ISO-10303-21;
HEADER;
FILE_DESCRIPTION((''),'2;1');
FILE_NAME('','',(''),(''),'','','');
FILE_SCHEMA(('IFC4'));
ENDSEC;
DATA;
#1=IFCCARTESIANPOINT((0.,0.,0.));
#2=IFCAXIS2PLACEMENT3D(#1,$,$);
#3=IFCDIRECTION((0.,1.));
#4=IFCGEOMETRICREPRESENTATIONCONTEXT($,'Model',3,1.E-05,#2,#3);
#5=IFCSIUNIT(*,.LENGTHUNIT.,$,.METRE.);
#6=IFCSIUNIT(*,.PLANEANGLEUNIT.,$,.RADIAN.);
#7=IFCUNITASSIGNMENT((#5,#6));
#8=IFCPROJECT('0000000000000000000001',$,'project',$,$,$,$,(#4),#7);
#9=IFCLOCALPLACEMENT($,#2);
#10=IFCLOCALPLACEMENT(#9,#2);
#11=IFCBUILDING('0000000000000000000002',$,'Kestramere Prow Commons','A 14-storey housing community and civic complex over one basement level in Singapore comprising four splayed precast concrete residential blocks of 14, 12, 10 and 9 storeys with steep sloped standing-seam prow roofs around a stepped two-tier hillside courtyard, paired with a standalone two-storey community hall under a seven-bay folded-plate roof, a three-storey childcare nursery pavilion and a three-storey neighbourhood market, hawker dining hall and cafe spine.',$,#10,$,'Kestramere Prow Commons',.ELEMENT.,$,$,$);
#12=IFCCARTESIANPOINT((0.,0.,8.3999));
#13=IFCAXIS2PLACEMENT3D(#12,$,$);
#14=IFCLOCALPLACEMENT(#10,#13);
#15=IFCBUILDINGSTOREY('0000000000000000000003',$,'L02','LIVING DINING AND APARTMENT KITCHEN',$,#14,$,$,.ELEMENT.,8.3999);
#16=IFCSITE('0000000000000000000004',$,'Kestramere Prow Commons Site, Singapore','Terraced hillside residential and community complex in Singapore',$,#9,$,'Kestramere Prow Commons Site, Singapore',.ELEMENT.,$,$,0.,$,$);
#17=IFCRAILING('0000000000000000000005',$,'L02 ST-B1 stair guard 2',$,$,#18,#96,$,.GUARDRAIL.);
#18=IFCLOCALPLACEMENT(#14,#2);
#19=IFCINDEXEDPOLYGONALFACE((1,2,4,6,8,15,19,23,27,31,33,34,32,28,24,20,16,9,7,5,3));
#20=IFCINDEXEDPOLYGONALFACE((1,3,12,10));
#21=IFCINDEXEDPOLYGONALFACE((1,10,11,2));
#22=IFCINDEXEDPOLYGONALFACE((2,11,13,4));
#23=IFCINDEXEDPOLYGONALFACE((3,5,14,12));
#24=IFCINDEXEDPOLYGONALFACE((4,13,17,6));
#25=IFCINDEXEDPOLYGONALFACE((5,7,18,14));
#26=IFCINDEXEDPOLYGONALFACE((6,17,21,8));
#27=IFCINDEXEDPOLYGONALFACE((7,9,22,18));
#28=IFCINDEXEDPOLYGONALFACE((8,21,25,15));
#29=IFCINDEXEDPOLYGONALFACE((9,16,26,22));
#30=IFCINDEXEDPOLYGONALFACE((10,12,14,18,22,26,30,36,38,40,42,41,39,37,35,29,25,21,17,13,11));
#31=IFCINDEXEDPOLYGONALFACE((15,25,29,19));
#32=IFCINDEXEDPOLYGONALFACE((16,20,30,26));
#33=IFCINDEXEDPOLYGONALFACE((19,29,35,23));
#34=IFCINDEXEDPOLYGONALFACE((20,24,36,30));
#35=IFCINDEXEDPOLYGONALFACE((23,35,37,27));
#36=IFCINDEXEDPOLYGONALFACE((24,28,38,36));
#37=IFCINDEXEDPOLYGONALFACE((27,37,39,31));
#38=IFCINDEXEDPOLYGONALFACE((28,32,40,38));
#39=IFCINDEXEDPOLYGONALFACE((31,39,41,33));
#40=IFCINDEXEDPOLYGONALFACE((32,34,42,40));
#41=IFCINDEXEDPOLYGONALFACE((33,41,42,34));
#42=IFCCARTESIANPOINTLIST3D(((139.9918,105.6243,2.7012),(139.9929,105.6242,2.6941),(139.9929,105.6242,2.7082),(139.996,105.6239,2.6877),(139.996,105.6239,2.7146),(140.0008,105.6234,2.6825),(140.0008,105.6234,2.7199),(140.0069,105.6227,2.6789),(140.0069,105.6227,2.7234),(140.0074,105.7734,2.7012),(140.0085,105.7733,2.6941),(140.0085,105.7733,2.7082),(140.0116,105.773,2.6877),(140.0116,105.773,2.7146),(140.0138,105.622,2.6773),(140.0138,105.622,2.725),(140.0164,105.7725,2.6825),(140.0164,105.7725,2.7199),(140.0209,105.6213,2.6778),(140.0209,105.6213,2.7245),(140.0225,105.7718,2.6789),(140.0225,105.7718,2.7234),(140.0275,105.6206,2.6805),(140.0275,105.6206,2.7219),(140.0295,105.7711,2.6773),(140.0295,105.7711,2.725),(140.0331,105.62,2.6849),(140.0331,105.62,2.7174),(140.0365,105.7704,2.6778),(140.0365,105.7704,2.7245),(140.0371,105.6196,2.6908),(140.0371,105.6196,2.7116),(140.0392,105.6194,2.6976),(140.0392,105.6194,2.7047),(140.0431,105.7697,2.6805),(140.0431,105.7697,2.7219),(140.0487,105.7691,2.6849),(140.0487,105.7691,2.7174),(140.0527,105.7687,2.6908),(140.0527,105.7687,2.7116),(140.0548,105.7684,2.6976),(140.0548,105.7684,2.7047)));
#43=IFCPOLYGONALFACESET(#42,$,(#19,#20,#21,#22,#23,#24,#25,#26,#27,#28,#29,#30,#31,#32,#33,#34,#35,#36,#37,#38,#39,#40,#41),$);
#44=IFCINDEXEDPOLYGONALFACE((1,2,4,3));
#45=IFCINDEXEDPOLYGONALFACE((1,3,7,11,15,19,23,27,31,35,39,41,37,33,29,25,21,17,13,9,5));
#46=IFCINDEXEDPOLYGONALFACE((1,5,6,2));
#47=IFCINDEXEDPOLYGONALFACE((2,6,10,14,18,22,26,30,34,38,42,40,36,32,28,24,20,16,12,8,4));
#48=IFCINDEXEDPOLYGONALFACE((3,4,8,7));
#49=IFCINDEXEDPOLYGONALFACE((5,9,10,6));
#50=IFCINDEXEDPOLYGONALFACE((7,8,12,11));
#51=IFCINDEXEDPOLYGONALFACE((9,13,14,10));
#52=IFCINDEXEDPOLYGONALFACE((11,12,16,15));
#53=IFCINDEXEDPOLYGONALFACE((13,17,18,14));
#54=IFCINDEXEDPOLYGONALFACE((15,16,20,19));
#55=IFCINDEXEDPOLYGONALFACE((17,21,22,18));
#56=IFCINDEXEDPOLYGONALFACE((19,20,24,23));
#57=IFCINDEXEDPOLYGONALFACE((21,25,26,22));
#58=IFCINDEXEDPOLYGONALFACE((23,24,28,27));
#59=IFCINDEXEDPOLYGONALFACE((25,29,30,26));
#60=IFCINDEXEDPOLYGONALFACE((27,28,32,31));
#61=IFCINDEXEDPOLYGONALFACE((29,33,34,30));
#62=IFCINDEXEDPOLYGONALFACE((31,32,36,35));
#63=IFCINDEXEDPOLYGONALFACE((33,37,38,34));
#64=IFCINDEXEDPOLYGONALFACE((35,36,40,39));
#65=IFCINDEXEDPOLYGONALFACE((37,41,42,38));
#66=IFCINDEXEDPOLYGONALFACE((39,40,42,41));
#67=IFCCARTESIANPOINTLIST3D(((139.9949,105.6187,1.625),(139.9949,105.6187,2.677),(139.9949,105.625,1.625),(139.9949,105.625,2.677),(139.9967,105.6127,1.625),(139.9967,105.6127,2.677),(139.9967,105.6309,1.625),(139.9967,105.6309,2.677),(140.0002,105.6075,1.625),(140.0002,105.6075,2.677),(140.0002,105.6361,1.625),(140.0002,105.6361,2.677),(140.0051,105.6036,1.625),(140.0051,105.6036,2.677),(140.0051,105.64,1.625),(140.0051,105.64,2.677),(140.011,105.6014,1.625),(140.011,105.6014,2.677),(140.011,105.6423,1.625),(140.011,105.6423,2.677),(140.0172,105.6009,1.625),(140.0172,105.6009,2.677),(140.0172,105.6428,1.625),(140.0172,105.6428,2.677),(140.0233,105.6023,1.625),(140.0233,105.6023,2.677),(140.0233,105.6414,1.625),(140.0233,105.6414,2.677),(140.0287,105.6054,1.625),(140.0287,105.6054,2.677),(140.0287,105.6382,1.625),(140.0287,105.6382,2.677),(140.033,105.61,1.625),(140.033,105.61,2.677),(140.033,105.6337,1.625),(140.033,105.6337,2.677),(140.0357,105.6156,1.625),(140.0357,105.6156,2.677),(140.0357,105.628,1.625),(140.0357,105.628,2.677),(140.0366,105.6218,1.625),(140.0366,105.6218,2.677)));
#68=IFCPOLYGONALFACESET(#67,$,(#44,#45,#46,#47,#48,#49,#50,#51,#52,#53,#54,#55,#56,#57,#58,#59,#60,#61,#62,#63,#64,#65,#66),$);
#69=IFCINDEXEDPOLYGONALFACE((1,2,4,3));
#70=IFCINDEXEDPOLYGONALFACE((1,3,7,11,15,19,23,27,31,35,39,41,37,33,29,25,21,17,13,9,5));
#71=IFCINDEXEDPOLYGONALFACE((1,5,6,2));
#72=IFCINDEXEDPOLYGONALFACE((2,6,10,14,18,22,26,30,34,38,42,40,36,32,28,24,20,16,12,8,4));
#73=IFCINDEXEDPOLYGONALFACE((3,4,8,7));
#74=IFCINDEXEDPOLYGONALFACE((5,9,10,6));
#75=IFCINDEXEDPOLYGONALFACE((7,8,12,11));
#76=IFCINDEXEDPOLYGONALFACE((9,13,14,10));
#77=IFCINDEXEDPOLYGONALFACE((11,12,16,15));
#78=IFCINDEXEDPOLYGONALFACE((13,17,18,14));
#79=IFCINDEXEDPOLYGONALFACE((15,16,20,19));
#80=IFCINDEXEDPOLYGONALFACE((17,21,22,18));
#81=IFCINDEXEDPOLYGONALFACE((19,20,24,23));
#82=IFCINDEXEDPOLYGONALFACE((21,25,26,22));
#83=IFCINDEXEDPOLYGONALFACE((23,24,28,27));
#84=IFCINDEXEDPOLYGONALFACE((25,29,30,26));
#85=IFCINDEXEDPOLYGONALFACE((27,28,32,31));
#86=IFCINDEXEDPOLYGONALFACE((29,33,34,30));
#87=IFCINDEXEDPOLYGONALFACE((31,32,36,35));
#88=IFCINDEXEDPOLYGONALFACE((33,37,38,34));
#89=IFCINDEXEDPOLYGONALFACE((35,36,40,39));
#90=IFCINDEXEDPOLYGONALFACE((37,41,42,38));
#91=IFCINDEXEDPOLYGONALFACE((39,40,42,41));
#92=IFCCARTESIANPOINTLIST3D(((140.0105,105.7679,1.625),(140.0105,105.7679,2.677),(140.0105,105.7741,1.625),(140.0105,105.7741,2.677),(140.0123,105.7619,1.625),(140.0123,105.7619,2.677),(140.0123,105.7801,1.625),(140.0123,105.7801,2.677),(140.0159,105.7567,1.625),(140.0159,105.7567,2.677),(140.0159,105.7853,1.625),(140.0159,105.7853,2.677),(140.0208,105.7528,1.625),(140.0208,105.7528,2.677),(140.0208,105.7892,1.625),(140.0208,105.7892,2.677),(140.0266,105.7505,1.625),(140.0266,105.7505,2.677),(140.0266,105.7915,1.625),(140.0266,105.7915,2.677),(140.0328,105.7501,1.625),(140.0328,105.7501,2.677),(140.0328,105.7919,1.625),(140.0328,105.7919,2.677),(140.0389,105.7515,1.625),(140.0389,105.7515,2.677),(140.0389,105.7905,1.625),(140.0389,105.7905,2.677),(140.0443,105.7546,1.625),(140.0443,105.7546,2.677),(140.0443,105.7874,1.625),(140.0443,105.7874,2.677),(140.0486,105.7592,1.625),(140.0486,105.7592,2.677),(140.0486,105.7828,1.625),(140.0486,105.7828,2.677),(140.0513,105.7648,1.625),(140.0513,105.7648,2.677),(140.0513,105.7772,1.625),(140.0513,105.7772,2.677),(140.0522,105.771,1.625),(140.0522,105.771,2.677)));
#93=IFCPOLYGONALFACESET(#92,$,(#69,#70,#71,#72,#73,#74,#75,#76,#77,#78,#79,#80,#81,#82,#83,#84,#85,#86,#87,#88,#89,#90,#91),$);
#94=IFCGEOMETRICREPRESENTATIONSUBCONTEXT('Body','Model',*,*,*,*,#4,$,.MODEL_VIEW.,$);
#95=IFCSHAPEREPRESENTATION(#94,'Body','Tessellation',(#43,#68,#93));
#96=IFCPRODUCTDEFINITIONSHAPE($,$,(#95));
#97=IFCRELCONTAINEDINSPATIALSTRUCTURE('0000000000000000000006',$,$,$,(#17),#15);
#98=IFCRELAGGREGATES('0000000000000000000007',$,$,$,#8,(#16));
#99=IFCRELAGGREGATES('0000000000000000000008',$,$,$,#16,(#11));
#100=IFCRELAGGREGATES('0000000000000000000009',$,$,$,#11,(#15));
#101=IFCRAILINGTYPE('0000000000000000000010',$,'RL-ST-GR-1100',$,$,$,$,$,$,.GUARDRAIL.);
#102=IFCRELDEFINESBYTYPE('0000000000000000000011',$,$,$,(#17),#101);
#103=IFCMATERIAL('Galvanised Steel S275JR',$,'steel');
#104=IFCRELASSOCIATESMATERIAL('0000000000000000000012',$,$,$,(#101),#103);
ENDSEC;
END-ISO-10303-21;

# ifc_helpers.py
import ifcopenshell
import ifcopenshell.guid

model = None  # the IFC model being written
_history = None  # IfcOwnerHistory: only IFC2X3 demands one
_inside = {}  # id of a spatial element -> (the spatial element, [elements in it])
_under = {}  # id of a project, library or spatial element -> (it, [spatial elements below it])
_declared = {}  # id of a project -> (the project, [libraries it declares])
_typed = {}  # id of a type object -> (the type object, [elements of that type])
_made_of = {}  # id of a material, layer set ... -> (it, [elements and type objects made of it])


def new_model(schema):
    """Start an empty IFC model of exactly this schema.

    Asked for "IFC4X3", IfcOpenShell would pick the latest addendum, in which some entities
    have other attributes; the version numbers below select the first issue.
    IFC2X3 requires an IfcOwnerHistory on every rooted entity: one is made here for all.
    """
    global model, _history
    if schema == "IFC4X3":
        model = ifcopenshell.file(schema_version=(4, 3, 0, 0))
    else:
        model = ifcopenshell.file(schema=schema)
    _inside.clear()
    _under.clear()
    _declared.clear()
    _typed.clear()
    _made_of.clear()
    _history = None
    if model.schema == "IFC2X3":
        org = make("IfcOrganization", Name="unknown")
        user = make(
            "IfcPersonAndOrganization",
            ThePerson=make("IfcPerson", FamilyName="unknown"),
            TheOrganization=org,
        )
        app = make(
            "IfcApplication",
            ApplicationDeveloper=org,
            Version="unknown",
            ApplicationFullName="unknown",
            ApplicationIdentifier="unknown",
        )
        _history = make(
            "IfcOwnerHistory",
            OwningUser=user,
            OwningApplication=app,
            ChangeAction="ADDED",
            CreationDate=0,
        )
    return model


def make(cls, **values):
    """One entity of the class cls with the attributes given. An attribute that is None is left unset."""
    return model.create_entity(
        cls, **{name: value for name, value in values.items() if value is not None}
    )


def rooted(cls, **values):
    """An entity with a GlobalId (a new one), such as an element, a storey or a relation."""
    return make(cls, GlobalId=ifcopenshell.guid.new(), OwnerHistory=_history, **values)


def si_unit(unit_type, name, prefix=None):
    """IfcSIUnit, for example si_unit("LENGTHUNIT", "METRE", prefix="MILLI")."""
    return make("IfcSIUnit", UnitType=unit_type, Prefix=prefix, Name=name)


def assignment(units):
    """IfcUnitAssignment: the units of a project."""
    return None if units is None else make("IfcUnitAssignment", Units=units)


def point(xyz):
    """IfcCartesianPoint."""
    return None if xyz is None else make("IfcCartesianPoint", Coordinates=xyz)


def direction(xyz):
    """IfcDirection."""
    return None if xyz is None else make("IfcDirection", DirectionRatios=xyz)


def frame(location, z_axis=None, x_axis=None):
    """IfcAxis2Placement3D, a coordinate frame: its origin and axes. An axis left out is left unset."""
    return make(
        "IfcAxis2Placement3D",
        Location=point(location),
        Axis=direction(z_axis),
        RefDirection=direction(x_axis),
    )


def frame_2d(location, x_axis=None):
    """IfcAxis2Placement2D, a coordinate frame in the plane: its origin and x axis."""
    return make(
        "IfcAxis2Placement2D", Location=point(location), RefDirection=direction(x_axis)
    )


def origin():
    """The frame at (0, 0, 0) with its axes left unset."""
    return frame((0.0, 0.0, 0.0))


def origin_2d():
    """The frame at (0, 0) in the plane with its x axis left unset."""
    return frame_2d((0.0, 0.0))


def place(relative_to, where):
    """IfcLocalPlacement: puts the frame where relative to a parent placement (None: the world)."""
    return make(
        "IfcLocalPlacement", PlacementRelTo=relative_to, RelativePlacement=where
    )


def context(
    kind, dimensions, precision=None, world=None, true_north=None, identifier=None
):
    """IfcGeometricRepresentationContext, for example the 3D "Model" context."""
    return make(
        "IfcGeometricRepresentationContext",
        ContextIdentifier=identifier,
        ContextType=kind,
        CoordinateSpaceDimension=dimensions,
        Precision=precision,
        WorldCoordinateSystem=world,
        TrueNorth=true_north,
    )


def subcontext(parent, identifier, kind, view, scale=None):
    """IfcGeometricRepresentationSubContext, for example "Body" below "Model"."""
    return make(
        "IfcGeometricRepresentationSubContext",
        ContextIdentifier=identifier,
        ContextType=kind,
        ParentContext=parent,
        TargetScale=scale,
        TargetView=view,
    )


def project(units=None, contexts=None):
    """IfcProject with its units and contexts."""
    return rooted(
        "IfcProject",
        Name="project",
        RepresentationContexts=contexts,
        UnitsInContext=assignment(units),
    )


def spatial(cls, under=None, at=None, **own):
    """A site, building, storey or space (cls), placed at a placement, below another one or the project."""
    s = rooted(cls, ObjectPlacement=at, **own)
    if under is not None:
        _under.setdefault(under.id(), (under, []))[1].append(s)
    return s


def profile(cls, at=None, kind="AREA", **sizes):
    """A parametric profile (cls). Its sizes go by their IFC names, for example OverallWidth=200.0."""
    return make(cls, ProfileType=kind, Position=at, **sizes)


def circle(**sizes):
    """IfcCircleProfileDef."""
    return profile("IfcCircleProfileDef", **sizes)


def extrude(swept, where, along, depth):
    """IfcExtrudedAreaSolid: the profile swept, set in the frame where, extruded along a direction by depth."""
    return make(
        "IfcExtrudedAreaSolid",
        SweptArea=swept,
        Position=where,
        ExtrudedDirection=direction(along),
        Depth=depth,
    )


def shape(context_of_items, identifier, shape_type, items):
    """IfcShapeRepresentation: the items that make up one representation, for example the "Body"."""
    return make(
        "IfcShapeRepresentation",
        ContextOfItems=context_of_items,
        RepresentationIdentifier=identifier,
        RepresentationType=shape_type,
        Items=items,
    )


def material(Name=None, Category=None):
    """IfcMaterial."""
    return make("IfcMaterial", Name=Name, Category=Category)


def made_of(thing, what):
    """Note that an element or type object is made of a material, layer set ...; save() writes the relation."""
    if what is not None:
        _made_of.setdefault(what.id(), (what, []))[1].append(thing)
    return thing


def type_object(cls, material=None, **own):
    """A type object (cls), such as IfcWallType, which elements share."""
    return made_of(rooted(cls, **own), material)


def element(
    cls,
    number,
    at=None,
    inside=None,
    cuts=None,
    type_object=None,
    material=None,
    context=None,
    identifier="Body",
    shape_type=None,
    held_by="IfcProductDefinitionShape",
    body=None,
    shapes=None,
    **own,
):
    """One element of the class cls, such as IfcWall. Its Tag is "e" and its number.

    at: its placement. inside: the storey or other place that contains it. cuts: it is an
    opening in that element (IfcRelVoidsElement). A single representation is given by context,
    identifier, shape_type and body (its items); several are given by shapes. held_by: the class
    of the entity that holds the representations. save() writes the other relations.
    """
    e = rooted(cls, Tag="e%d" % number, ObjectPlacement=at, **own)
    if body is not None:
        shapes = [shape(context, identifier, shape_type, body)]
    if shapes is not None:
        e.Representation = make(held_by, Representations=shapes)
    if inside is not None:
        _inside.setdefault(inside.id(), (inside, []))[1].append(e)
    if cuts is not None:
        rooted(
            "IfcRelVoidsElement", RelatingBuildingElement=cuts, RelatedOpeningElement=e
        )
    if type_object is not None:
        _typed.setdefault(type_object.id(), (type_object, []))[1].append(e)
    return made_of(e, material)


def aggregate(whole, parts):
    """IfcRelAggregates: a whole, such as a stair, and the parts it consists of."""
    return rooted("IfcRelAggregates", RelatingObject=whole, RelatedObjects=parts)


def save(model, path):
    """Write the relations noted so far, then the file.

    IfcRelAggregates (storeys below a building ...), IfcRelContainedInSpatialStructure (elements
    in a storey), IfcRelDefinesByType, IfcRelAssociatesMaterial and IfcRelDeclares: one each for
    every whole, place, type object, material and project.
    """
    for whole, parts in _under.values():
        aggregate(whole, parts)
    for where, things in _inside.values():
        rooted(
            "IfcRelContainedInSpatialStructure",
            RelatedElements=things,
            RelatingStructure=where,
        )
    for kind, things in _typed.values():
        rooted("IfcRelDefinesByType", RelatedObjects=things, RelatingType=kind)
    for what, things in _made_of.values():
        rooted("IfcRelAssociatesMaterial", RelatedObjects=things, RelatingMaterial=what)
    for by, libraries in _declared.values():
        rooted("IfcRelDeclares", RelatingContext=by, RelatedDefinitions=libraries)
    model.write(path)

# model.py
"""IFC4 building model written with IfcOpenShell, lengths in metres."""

from ifc_helpers import new_model, si_unit, direction, frame, origin, origin_2d, place, context, subcontext, project, spatial, circle, extrude, material, type_object, element, save


model = new_model("IFC4")

# Units and contexts
model_context = context("Model", 3, precision=1e-05, world=origin(), true_north=direction((0.0, 1.0)))
body_context = subcontext(model_context, "Body", "Model", "MODEL_VIEW")
ifc_project = project(units=[si_unit("LENGTHUNIT", "METRE"), si_unit("PLANEANGLEUNIT", "RADIAN")], contexts=[model_context])

# Site, building, storey
site_placement = place(None, origin())
site = spatial("IfcSite", under=ifc_project, at=site_placement, Name="Kestramere Prow Commons Site, Singapore", Description="Terraced hillside residential and community complex in Singapore", LongName="Kestramere Prow Commons Site, Singapore", CompositionType="ELEMENT", RefElevation=0.0)
building_placement = place(site_placement, origin())
building = spatial("IfcBuilding", under=site, at=building_placement, Name="Kestramere Prow Commons", Description="A 14-storey housing community and civic complex over one basement level in Singapore comprising four splayed precast concrete residential blocks of 14, 12, 10 and 9 storeys with steep sloped standing-seam prow roofs around a stepped two-tier hillside courtyard, paired with a standalone two-storey community hall under a seven-bay folded-plate roof, a three-storey childcare nursery pavilion and a three-storey neighbourhood market, hawker dining hall and cafe spine.", LongName="Kestramere Prow Commons", CompositionType="ELEMENT")
storey_placement = place(building_placement, frame((0.0, 0.0, 8.3999)))
storey = spatial("IfcBuildingStorey", under=building, at=storey_placement, Name="L02", Description="LIVING DINING AND APARTMENT KITCHEN", CompositionType="ELEMENT", Elevation=8.3999)

# Railing
ifc_material_1 = material(Name="Galvanised Steel S275JR", Category="steel")
railing_type_1 = type_object("IfcRailingType", Name="RL-ST-GR-1100", PredefinedType="GUARDRAIL", material=ifc_material_1)
railing_1_placement = place(storey_placement, frame((140.0156, 105.6218, 1.625)))
element("IfcRailing", 1, at=railing_1_placement, inside=storey, type_object=railing_type_1, Name="L02 ST-B1 stair guard 2", PredefinedType="GUARDRAIL", context=body_context, shape_type="SweptSolid", body=[
    extrude(circle(Radius=0.0239, at=origin_2d()), frame((0.0, 0.0, 1.0762), z_axis=(0.104176, 0.994559, 0.0), x_axis=(-0.994559, 0.104176, 0.0)), (0.0, 0.0, 1.0), 0.1499),
    extrude(circle(Radius=0.021, at=origin_2d()), origin(), (0.0, 0.0, 1.0), 1.052),
    extrude(circle(Radius=0.021, at=origin_2d()), frame((0.0156, 0.1492, 0.0)), (0.0, 0.0, 1.0), 1.052),
])

save(model, "model.ifc")
